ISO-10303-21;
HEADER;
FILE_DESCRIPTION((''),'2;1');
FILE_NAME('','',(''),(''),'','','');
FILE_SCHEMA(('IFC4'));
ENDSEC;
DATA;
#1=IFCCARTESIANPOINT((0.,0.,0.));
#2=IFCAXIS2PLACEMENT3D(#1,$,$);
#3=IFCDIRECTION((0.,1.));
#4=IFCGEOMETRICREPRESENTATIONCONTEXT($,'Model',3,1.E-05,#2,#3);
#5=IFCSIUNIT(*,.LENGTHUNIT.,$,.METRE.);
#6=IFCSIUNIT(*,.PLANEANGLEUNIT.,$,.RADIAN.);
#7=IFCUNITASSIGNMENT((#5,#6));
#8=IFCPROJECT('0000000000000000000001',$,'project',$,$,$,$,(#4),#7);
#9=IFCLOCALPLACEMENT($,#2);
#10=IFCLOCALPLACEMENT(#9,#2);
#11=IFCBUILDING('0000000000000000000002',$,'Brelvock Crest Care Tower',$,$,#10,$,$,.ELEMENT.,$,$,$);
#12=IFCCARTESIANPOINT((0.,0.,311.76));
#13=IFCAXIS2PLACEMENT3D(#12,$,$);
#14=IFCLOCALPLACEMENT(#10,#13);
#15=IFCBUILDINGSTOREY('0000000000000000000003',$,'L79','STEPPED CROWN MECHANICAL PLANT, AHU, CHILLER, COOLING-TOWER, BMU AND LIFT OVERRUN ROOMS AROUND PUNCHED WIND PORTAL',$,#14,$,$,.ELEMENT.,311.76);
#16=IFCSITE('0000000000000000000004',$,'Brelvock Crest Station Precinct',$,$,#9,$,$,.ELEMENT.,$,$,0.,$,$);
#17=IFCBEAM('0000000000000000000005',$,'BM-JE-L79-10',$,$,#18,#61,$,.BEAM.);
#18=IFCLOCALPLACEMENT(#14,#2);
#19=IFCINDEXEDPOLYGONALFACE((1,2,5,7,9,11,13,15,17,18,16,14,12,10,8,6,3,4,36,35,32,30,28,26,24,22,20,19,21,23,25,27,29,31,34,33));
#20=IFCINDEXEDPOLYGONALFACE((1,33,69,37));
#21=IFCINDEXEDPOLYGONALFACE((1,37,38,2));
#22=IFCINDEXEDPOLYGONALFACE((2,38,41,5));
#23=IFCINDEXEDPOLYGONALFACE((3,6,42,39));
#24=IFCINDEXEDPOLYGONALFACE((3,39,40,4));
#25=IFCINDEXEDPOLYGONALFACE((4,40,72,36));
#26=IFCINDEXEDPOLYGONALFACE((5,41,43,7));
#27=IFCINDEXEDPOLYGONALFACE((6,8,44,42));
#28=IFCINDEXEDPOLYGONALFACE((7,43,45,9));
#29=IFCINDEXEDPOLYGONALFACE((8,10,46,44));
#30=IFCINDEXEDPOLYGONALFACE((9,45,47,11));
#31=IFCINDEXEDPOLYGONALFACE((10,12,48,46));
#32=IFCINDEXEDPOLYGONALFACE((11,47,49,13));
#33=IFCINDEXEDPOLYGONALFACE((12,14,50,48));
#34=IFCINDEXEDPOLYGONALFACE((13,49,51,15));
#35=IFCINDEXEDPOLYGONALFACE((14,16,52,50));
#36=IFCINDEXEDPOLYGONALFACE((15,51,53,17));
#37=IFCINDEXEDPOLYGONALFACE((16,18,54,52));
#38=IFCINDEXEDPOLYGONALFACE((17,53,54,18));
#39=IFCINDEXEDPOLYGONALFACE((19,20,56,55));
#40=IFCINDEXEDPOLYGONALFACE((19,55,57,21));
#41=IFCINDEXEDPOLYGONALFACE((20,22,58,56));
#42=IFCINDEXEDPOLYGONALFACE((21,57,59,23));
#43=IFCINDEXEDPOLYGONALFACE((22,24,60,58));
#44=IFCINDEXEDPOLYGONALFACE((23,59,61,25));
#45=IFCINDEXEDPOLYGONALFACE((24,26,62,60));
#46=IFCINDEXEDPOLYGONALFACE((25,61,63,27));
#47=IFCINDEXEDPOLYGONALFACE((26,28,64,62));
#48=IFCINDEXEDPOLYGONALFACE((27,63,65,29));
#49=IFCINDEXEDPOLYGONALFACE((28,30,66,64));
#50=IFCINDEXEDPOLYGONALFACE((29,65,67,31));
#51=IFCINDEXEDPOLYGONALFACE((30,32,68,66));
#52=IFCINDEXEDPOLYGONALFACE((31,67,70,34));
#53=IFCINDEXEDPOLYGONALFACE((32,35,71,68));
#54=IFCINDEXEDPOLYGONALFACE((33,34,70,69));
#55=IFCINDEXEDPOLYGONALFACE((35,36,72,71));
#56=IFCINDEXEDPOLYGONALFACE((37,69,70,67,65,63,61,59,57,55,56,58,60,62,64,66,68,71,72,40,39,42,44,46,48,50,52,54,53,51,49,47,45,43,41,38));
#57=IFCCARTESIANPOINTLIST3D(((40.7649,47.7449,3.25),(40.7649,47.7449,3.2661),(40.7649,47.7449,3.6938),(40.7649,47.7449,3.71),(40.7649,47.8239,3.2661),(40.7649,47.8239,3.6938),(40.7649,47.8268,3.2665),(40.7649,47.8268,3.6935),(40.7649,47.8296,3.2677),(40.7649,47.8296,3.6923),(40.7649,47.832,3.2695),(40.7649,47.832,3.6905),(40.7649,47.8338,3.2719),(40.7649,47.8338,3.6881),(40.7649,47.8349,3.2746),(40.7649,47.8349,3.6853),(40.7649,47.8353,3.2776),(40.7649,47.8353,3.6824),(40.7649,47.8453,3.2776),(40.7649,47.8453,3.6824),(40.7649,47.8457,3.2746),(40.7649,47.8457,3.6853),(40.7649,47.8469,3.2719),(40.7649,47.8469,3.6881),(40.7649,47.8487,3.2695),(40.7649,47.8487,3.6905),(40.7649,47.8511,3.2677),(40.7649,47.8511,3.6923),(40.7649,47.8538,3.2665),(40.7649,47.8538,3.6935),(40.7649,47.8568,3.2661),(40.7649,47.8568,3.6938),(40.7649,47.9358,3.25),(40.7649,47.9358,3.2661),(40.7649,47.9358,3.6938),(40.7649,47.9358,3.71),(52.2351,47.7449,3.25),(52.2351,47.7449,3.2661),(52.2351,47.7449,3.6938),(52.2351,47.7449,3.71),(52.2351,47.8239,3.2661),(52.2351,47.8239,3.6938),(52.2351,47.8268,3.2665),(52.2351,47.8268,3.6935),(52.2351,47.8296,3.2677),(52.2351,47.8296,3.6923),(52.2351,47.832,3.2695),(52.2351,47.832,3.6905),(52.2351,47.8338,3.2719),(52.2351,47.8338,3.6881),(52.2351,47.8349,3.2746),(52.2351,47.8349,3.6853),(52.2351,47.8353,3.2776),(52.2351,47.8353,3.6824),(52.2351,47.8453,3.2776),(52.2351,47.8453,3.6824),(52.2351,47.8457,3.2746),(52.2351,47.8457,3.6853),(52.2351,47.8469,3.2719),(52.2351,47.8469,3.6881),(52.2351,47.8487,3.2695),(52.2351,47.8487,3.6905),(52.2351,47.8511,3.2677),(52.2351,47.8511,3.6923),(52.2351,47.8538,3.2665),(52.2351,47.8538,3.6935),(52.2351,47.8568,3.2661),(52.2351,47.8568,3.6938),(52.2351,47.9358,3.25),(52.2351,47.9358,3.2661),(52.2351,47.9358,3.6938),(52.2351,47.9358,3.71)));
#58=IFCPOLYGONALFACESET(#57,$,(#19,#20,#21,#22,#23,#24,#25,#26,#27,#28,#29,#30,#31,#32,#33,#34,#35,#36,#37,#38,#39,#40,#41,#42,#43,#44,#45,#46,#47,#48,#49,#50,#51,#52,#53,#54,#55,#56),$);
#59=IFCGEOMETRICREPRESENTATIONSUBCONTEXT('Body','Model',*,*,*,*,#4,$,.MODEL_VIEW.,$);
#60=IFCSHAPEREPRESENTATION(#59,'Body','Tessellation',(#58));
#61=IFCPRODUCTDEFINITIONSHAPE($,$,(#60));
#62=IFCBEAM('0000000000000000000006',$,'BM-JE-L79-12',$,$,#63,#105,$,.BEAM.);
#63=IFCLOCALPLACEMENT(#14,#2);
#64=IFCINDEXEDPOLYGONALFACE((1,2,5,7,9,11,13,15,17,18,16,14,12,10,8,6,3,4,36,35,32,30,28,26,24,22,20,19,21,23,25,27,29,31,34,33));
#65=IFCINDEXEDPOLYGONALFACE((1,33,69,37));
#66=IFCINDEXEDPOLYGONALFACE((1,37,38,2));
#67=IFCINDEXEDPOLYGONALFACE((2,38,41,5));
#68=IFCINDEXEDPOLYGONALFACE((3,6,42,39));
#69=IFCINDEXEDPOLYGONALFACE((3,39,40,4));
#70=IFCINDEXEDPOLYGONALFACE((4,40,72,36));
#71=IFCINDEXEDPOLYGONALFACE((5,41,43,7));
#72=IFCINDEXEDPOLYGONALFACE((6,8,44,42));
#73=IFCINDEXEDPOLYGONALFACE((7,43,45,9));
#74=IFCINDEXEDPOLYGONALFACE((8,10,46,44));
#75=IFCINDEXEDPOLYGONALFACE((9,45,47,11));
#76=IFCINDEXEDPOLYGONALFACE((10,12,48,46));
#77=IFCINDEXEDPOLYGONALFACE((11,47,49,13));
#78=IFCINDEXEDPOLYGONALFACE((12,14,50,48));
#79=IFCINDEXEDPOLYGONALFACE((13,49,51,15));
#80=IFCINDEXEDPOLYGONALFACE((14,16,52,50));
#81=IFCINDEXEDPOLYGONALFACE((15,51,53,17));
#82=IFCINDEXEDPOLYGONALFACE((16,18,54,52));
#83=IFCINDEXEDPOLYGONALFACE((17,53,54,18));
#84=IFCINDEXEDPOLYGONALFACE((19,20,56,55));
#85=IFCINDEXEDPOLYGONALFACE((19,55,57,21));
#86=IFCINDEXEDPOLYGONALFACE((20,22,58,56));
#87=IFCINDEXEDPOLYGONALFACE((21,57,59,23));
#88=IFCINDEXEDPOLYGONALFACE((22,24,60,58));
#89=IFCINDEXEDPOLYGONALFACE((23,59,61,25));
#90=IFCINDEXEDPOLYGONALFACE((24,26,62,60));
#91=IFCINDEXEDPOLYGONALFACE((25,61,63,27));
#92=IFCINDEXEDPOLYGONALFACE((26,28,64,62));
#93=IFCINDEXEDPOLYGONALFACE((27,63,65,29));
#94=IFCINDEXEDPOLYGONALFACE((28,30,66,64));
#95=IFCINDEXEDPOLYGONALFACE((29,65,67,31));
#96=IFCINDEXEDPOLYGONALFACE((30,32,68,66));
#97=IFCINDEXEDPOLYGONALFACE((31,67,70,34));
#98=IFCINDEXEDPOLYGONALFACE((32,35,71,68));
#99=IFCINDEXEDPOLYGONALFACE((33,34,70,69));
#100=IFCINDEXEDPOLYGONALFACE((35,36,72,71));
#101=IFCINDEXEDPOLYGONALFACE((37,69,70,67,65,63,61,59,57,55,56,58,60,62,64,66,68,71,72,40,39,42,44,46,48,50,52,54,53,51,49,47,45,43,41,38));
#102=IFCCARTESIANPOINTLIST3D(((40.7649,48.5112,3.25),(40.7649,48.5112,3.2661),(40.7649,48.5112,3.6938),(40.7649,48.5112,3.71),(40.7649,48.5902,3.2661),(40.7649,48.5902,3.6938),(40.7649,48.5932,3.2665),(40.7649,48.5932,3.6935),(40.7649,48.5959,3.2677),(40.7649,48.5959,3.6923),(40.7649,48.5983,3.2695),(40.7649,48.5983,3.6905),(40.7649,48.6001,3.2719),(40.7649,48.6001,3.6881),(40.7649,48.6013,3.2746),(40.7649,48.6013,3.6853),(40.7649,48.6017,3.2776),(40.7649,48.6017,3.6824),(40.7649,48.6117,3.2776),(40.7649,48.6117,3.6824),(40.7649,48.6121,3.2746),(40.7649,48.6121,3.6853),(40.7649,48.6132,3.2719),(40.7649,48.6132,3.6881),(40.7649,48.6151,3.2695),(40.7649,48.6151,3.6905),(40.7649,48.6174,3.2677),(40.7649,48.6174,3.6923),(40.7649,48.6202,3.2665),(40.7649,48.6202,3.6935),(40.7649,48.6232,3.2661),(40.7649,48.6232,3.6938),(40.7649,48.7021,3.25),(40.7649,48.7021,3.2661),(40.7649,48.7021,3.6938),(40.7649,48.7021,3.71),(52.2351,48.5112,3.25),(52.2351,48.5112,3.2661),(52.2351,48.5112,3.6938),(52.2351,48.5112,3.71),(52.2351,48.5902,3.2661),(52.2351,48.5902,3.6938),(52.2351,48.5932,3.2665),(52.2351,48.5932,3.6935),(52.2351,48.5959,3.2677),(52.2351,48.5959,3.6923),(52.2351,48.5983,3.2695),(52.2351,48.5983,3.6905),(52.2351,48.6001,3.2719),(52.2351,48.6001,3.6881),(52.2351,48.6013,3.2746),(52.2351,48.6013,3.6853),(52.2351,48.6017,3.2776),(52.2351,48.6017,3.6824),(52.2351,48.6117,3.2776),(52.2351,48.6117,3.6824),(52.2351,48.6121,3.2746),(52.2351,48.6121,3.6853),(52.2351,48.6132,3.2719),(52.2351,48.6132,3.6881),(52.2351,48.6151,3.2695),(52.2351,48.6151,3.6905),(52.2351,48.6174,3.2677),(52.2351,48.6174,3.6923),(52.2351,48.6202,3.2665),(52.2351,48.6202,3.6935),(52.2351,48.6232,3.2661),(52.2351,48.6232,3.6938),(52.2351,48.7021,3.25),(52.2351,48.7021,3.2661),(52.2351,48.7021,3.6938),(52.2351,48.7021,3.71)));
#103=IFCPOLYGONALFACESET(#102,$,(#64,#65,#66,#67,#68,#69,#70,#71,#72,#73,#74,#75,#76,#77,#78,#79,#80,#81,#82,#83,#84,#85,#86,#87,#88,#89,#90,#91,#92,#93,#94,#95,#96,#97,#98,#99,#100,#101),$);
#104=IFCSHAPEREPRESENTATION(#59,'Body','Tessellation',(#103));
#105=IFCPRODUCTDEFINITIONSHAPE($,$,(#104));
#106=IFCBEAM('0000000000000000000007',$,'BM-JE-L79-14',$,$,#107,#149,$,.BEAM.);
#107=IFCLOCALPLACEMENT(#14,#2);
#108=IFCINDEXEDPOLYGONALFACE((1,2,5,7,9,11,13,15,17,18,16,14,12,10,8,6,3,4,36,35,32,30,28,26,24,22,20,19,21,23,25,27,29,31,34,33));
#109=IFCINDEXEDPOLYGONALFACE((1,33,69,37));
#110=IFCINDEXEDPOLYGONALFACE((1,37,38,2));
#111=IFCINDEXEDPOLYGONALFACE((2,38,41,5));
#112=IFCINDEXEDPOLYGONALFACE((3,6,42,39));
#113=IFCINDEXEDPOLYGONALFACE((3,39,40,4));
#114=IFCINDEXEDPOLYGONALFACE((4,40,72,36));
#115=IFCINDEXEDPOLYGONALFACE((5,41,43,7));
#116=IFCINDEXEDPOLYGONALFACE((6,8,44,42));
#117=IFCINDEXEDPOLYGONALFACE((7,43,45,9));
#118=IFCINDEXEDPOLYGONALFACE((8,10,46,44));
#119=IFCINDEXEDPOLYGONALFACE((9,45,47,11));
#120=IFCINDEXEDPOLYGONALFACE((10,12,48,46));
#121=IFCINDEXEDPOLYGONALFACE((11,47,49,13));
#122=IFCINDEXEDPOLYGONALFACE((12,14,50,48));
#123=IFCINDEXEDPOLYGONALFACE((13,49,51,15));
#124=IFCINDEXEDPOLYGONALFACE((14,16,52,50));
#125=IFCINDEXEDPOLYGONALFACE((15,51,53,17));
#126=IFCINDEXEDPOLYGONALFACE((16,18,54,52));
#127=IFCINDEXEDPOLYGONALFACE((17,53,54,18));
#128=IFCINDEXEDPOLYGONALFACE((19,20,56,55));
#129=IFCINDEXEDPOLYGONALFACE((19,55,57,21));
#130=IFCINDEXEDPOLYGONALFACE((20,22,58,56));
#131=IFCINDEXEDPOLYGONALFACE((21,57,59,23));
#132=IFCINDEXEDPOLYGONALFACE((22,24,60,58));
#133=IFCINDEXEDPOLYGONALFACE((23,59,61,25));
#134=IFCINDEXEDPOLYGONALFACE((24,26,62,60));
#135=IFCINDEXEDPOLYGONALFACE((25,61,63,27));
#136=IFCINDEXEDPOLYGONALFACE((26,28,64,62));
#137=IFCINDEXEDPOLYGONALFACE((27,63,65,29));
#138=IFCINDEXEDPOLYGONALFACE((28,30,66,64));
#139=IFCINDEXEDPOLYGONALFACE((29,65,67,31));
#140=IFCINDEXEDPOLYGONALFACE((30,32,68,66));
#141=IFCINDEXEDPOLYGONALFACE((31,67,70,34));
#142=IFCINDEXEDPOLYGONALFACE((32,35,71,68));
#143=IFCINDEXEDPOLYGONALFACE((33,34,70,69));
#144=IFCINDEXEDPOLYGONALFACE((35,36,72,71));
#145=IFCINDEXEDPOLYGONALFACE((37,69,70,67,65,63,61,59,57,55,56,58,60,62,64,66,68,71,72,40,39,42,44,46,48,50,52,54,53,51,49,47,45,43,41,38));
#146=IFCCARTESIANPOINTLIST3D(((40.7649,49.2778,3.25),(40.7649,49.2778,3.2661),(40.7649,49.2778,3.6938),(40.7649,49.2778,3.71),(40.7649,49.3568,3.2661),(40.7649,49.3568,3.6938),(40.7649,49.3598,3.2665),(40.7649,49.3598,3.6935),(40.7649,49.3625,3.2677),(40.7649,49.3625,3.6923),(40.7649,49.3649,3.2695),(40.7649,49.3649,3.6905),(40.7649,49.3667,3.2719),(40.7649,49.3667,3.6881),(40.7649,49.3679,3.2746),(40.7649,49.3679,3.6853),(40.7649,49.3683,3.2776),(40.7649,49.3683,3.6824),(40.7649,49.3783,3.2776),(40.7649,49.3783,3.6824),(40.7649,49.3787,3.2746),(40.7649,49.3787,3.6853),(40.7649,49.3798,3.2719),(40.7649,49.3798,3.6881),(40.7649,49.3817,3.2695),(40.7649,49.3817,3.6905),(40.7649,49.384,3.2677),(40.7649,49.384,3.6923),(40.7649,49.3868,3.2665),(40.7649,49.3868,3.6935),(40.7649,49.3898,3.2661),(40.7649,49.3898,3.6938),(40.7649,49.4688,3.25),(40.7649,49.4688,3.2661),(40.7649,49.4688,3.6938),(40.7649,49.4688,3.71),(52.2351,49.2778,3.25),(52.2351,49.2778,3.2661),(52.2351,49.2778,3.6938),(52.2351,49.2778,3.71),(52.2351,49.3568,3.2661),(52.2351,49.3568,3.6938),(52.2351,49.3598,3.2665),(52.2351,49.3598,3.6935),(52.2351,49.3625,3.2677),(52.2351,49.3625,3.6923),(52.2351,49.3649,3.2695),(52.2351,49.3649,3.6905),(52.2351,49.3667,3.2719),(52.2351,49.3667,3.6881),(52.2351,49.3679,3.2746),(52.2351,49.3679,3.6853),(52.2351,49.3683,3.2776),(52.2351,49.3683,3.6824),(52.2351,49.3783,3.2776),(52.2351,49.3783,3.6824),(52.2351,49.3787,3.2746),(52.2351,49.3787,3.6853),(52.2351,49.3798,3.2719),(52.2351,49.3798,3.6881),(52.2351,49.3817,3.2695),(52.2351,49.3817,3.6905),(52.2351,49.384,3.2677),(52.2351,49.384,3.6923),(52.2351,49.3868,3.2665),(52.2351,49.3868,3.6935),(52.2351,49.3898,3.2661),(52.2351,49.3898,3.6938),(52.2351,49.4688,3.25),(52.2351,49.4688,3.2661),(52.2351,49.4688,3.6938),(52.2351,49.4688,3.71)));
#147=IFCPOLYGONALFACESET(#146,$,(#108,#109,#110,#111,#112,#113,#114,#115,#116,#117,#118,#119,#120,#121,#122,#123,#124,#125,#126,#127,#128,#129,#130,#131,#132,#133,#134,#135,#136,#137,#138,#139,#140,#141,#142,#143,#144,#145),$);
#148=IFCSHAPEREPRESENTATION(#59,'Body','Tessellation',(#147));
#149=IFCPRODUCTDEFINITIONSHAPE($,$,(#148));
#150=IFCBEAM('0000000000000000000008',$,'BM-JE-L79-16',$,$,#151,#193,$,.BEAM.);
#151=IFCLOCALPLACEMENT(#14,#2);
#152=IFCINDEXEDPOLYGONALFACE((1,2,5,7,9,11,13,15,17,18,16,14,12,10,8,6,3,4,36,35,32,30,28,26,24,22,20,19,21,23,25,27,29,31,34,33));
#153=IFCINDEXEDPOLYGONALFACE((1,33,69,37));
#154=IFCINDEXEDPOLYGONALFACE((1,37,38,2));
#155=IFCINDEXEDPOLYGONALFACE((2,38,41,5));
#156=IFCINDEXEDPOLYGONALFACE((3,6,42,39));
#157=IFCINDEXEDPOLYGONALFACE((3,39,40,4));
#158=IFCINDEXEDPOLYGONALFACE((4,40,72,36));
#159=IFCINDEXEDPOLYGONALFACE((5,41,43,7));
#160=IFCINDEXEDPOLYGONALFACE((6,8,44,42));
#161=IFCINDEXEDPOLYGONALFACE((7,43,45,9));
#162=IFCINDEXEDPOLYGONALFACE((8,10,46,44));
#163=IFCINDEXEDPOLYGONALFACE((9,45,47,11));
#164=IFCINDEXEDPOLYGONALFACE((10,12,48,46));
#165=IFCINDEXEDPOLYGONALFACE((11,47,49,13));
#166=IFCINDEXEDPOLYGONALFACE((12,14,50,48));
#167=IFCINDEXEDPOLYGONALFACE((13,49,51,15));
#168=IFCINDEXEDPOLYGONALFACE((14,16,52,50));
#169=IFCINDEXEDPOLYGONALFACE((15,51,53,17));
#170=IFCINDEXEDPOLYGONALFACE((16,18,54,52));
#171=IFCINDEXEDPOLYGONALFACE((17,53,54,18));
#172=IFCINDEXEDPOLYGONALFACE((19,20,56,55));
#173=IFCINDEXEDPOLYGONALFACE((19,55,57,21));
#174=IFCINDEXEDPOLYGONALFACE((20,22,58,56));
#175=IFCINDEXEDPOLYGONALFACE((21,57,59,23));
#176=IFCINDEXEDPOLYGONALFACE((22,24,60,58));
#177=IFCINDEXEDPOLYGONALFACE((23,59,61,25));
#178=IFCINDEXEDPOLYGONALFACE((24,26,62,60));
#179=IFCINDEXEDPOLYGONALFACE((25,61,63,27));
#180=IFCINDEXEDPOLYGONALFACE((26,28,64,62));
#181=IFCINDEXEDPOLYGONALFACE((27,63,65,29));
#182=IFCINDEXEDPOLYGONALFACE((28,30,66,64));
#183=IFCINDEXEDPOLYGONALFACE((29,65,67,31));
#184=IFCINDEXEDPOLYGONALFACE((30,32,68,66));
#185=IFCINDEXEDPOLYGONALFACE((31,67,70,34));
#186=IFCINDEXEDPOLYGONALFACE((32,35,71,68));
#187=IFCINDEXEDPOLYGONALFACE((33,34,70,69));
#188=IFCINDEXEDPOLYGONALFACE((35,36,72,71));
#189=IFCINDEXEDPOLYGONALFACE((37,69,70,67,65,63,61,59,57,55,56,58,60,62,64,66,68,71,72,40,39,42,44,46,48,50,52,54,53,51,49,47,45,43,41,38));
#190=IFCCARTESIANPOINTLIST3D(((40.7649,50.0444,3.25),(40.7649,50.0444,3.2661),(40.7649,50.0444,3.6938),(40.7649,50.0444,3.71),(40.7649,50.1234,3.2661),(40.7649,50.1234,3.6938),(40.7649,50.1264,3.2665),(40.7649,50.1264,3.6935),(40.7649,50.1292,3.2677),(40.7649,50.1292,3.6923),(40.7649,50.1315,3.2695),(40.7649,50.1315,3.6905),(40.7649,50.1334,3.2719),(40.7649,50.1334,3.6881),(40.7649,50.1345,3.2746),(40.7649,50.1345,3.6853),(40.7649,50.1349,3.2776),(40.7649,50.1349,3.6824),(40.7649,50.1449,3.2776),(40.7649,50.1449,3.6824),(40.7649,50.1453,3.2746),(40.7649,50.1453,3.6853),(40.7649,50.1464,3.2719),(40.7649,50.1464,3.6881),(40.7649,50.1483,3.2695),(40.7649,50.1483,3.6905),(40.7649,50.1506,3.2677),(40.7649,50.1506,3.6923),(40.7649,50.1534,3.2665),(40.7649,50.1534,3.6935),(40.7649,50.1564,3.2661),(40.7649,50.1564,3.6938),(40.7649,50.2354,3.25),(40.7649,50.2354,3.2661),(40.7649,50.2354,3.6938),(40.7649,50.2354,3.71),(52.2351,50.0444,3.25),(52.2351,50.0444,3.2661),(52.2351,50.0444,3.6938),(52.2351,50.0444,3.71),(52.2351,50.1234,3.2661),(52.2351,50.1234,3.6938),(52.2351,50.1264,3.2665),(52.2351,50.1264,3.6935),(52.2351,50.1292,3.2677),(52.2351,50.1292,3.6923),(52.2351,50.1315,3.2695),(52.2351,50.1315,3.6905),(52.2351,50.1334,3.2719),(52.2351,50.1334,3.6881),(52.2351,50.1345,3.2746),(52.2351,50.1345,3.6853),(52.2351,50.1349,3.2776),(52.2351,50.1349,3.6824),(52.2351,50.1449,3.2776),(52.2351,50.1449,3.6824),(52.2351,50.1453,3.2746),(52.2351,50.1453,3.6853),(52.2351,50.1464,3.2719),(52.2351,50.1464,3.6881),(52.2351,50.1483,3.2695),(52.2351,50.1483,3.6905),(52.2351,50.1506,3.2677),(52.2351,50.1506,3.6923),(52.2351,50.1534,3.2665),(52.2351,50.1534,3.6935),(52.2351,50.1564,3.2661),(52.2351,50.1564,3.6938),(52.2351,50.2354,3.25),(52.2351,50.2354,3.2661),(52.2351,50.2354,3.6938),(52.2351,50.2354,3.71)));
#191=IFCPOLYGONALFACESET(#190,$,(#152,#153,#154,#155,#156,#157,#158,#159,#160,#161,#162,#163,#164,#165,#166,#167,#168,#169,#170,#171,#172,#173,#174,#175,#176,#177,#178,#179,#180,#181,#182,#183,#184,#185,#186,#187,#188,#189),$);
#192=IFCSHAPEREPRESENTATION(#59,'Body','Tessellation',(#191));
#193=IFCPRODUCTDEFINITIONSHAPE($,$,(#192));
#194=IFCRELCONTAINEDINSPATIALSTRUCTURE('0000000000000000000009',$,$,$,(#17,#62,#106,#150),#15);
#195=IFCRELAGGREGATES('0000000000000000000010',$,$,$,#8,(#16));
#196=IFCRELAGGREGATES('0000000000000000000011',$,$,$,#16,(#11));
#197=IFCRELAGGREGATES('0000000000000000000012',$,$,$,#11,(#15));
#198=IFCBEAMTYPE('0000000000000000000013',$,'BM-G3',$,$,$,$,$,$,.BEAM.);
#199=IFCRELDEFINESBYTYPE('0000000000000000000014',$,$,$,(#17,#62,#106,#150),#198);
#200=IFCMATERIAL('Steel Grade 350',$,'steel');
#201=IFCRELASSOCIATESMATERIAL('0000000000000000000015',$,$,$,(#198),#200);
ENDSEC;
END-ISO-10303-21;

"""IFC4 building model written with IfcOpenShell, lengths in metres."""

from ifc_helpers import new_model, si_unit, direction, frame, origin, origin_2d, place, context, subcontext, project, spatial, i_section, extrude, source, transform, mapped, material, material_profile, profile_set, type_object, element, save


model = new_model("IFC4")

# Units and contexts
model_context = context("Model", 3, precision=1e-05, world=origin(), true_north=direction((0.0, 1.0)))
body_context = subcontext(model_context, "Body", "Model", "MODEL_VIEW")
ifc_project = project(units=[si_unit("LENGTHUNIT", "METRE"), si_unit("PLANEANGLEUNIT", "RADIAN")], contexts=[model_context])

# Site, building, storey
site_placement = place(None, origin())
site = spatial("IfcSite", under=ifc_project, at=site_placement, Name="Brelvock Crest Station Precinct", CompositionType="ELEMENT", RefElevation=0.0)
building_placement = place(site_placement, origin())
building = spatial("IfcBuilding", under=site, at=building_placement, Name="Brelvock Crest Care Tower", CompositionType="ELEMENT")
storey_placement = place(building_placement, frame((0.0, 0.0, 311.76)))
storey = spatial("IfcBuildingStorey", under=building, at=storey_placement, Name="L79", Description="STEPPED CROWN MECHANICAL PLANT, AHU, CHILLER, COOLING-TOWER, BMU AND LIFT OVERRUN ROOMS AROUND PUNCHED WIND PORTAL", CompositionType="ELEMENT", Elevation=311.76)

# Shared definitions
ifc_material_1 = material(Name="Steel Grade 350", Category="steel")

# Beams
ifc_material_profile_1 = material_profile(ifc_material_1, i_section(OverallWidth=0.1909, OverallDepth=0.46, WebThickness=0.01, FlangeThickness=0.0161, FilletRadius=0.0115, at=origin_2d()), Name="460UB82.1")
ifc_profile_set_1 = profile_set([ifc_material_profile_1], Name="Steel Grade 350")
beam_type_1 = type_object("IfcBeamType", Name="BM-G3", PredefinedType="BEAM", material=ifc_profile_set_1)
shared_shape_1 = source(origin(), body_context, "Body", "SweptSolid", [
    extrude(i_section(OverallWidth=0.1909, OverallDepth=0.46, WebThickness=0.01, FlangeThickness=0.0161, FilletRadius=0.0115, at=origin_2d()), origin(), (0.0, 0.0, 1.0), 11.4702),
])
for number, where, z_axis, x_axis, name in (
    (1, (40.7649, 47.8403, 3.48), (1.0, 0.0, 0.0), (0.0, 1.0, 0.0), "BM-JE-L79-10"),
    (2, (40.7649, 48.6067, 3.48), (1.0, 0.0, 0.0), (0.0, 1.0, 0.0), "BM-JE-L79-12"),
    (3, (40.7649, 49.3733, 3.48), (1.0, 0.0, 0.0), (0.0, 1.0, 0.0), "BM-JE-L79-14"),
    (4, (40.7649, 50.1399, 3.48), (1.0, 0.0, 0.0), (0.0, 1.0, 0.0), "BM-JE-L79-16"),
):
    element("IfcBeam", number, at=place(storey_placement, frame(where, z_axis=z_axis, x_axis=x_axis)), inside=storey, type_object=beam_type_1, Name=name, PredefinedType="BEAM", context=body_context, shape_type="MappedRepresentation", body=[
        mapped(shared_shape_1, transform((0.0, 0.0, 0.0), x_axis=(1.0, 0.0, 0.0), y_axis=(0.0, 1.0, 0.0), z_axis=(0.0, 0.0, 1.0), scale=1.0)),
    ])

save(model, "model.ifc")
